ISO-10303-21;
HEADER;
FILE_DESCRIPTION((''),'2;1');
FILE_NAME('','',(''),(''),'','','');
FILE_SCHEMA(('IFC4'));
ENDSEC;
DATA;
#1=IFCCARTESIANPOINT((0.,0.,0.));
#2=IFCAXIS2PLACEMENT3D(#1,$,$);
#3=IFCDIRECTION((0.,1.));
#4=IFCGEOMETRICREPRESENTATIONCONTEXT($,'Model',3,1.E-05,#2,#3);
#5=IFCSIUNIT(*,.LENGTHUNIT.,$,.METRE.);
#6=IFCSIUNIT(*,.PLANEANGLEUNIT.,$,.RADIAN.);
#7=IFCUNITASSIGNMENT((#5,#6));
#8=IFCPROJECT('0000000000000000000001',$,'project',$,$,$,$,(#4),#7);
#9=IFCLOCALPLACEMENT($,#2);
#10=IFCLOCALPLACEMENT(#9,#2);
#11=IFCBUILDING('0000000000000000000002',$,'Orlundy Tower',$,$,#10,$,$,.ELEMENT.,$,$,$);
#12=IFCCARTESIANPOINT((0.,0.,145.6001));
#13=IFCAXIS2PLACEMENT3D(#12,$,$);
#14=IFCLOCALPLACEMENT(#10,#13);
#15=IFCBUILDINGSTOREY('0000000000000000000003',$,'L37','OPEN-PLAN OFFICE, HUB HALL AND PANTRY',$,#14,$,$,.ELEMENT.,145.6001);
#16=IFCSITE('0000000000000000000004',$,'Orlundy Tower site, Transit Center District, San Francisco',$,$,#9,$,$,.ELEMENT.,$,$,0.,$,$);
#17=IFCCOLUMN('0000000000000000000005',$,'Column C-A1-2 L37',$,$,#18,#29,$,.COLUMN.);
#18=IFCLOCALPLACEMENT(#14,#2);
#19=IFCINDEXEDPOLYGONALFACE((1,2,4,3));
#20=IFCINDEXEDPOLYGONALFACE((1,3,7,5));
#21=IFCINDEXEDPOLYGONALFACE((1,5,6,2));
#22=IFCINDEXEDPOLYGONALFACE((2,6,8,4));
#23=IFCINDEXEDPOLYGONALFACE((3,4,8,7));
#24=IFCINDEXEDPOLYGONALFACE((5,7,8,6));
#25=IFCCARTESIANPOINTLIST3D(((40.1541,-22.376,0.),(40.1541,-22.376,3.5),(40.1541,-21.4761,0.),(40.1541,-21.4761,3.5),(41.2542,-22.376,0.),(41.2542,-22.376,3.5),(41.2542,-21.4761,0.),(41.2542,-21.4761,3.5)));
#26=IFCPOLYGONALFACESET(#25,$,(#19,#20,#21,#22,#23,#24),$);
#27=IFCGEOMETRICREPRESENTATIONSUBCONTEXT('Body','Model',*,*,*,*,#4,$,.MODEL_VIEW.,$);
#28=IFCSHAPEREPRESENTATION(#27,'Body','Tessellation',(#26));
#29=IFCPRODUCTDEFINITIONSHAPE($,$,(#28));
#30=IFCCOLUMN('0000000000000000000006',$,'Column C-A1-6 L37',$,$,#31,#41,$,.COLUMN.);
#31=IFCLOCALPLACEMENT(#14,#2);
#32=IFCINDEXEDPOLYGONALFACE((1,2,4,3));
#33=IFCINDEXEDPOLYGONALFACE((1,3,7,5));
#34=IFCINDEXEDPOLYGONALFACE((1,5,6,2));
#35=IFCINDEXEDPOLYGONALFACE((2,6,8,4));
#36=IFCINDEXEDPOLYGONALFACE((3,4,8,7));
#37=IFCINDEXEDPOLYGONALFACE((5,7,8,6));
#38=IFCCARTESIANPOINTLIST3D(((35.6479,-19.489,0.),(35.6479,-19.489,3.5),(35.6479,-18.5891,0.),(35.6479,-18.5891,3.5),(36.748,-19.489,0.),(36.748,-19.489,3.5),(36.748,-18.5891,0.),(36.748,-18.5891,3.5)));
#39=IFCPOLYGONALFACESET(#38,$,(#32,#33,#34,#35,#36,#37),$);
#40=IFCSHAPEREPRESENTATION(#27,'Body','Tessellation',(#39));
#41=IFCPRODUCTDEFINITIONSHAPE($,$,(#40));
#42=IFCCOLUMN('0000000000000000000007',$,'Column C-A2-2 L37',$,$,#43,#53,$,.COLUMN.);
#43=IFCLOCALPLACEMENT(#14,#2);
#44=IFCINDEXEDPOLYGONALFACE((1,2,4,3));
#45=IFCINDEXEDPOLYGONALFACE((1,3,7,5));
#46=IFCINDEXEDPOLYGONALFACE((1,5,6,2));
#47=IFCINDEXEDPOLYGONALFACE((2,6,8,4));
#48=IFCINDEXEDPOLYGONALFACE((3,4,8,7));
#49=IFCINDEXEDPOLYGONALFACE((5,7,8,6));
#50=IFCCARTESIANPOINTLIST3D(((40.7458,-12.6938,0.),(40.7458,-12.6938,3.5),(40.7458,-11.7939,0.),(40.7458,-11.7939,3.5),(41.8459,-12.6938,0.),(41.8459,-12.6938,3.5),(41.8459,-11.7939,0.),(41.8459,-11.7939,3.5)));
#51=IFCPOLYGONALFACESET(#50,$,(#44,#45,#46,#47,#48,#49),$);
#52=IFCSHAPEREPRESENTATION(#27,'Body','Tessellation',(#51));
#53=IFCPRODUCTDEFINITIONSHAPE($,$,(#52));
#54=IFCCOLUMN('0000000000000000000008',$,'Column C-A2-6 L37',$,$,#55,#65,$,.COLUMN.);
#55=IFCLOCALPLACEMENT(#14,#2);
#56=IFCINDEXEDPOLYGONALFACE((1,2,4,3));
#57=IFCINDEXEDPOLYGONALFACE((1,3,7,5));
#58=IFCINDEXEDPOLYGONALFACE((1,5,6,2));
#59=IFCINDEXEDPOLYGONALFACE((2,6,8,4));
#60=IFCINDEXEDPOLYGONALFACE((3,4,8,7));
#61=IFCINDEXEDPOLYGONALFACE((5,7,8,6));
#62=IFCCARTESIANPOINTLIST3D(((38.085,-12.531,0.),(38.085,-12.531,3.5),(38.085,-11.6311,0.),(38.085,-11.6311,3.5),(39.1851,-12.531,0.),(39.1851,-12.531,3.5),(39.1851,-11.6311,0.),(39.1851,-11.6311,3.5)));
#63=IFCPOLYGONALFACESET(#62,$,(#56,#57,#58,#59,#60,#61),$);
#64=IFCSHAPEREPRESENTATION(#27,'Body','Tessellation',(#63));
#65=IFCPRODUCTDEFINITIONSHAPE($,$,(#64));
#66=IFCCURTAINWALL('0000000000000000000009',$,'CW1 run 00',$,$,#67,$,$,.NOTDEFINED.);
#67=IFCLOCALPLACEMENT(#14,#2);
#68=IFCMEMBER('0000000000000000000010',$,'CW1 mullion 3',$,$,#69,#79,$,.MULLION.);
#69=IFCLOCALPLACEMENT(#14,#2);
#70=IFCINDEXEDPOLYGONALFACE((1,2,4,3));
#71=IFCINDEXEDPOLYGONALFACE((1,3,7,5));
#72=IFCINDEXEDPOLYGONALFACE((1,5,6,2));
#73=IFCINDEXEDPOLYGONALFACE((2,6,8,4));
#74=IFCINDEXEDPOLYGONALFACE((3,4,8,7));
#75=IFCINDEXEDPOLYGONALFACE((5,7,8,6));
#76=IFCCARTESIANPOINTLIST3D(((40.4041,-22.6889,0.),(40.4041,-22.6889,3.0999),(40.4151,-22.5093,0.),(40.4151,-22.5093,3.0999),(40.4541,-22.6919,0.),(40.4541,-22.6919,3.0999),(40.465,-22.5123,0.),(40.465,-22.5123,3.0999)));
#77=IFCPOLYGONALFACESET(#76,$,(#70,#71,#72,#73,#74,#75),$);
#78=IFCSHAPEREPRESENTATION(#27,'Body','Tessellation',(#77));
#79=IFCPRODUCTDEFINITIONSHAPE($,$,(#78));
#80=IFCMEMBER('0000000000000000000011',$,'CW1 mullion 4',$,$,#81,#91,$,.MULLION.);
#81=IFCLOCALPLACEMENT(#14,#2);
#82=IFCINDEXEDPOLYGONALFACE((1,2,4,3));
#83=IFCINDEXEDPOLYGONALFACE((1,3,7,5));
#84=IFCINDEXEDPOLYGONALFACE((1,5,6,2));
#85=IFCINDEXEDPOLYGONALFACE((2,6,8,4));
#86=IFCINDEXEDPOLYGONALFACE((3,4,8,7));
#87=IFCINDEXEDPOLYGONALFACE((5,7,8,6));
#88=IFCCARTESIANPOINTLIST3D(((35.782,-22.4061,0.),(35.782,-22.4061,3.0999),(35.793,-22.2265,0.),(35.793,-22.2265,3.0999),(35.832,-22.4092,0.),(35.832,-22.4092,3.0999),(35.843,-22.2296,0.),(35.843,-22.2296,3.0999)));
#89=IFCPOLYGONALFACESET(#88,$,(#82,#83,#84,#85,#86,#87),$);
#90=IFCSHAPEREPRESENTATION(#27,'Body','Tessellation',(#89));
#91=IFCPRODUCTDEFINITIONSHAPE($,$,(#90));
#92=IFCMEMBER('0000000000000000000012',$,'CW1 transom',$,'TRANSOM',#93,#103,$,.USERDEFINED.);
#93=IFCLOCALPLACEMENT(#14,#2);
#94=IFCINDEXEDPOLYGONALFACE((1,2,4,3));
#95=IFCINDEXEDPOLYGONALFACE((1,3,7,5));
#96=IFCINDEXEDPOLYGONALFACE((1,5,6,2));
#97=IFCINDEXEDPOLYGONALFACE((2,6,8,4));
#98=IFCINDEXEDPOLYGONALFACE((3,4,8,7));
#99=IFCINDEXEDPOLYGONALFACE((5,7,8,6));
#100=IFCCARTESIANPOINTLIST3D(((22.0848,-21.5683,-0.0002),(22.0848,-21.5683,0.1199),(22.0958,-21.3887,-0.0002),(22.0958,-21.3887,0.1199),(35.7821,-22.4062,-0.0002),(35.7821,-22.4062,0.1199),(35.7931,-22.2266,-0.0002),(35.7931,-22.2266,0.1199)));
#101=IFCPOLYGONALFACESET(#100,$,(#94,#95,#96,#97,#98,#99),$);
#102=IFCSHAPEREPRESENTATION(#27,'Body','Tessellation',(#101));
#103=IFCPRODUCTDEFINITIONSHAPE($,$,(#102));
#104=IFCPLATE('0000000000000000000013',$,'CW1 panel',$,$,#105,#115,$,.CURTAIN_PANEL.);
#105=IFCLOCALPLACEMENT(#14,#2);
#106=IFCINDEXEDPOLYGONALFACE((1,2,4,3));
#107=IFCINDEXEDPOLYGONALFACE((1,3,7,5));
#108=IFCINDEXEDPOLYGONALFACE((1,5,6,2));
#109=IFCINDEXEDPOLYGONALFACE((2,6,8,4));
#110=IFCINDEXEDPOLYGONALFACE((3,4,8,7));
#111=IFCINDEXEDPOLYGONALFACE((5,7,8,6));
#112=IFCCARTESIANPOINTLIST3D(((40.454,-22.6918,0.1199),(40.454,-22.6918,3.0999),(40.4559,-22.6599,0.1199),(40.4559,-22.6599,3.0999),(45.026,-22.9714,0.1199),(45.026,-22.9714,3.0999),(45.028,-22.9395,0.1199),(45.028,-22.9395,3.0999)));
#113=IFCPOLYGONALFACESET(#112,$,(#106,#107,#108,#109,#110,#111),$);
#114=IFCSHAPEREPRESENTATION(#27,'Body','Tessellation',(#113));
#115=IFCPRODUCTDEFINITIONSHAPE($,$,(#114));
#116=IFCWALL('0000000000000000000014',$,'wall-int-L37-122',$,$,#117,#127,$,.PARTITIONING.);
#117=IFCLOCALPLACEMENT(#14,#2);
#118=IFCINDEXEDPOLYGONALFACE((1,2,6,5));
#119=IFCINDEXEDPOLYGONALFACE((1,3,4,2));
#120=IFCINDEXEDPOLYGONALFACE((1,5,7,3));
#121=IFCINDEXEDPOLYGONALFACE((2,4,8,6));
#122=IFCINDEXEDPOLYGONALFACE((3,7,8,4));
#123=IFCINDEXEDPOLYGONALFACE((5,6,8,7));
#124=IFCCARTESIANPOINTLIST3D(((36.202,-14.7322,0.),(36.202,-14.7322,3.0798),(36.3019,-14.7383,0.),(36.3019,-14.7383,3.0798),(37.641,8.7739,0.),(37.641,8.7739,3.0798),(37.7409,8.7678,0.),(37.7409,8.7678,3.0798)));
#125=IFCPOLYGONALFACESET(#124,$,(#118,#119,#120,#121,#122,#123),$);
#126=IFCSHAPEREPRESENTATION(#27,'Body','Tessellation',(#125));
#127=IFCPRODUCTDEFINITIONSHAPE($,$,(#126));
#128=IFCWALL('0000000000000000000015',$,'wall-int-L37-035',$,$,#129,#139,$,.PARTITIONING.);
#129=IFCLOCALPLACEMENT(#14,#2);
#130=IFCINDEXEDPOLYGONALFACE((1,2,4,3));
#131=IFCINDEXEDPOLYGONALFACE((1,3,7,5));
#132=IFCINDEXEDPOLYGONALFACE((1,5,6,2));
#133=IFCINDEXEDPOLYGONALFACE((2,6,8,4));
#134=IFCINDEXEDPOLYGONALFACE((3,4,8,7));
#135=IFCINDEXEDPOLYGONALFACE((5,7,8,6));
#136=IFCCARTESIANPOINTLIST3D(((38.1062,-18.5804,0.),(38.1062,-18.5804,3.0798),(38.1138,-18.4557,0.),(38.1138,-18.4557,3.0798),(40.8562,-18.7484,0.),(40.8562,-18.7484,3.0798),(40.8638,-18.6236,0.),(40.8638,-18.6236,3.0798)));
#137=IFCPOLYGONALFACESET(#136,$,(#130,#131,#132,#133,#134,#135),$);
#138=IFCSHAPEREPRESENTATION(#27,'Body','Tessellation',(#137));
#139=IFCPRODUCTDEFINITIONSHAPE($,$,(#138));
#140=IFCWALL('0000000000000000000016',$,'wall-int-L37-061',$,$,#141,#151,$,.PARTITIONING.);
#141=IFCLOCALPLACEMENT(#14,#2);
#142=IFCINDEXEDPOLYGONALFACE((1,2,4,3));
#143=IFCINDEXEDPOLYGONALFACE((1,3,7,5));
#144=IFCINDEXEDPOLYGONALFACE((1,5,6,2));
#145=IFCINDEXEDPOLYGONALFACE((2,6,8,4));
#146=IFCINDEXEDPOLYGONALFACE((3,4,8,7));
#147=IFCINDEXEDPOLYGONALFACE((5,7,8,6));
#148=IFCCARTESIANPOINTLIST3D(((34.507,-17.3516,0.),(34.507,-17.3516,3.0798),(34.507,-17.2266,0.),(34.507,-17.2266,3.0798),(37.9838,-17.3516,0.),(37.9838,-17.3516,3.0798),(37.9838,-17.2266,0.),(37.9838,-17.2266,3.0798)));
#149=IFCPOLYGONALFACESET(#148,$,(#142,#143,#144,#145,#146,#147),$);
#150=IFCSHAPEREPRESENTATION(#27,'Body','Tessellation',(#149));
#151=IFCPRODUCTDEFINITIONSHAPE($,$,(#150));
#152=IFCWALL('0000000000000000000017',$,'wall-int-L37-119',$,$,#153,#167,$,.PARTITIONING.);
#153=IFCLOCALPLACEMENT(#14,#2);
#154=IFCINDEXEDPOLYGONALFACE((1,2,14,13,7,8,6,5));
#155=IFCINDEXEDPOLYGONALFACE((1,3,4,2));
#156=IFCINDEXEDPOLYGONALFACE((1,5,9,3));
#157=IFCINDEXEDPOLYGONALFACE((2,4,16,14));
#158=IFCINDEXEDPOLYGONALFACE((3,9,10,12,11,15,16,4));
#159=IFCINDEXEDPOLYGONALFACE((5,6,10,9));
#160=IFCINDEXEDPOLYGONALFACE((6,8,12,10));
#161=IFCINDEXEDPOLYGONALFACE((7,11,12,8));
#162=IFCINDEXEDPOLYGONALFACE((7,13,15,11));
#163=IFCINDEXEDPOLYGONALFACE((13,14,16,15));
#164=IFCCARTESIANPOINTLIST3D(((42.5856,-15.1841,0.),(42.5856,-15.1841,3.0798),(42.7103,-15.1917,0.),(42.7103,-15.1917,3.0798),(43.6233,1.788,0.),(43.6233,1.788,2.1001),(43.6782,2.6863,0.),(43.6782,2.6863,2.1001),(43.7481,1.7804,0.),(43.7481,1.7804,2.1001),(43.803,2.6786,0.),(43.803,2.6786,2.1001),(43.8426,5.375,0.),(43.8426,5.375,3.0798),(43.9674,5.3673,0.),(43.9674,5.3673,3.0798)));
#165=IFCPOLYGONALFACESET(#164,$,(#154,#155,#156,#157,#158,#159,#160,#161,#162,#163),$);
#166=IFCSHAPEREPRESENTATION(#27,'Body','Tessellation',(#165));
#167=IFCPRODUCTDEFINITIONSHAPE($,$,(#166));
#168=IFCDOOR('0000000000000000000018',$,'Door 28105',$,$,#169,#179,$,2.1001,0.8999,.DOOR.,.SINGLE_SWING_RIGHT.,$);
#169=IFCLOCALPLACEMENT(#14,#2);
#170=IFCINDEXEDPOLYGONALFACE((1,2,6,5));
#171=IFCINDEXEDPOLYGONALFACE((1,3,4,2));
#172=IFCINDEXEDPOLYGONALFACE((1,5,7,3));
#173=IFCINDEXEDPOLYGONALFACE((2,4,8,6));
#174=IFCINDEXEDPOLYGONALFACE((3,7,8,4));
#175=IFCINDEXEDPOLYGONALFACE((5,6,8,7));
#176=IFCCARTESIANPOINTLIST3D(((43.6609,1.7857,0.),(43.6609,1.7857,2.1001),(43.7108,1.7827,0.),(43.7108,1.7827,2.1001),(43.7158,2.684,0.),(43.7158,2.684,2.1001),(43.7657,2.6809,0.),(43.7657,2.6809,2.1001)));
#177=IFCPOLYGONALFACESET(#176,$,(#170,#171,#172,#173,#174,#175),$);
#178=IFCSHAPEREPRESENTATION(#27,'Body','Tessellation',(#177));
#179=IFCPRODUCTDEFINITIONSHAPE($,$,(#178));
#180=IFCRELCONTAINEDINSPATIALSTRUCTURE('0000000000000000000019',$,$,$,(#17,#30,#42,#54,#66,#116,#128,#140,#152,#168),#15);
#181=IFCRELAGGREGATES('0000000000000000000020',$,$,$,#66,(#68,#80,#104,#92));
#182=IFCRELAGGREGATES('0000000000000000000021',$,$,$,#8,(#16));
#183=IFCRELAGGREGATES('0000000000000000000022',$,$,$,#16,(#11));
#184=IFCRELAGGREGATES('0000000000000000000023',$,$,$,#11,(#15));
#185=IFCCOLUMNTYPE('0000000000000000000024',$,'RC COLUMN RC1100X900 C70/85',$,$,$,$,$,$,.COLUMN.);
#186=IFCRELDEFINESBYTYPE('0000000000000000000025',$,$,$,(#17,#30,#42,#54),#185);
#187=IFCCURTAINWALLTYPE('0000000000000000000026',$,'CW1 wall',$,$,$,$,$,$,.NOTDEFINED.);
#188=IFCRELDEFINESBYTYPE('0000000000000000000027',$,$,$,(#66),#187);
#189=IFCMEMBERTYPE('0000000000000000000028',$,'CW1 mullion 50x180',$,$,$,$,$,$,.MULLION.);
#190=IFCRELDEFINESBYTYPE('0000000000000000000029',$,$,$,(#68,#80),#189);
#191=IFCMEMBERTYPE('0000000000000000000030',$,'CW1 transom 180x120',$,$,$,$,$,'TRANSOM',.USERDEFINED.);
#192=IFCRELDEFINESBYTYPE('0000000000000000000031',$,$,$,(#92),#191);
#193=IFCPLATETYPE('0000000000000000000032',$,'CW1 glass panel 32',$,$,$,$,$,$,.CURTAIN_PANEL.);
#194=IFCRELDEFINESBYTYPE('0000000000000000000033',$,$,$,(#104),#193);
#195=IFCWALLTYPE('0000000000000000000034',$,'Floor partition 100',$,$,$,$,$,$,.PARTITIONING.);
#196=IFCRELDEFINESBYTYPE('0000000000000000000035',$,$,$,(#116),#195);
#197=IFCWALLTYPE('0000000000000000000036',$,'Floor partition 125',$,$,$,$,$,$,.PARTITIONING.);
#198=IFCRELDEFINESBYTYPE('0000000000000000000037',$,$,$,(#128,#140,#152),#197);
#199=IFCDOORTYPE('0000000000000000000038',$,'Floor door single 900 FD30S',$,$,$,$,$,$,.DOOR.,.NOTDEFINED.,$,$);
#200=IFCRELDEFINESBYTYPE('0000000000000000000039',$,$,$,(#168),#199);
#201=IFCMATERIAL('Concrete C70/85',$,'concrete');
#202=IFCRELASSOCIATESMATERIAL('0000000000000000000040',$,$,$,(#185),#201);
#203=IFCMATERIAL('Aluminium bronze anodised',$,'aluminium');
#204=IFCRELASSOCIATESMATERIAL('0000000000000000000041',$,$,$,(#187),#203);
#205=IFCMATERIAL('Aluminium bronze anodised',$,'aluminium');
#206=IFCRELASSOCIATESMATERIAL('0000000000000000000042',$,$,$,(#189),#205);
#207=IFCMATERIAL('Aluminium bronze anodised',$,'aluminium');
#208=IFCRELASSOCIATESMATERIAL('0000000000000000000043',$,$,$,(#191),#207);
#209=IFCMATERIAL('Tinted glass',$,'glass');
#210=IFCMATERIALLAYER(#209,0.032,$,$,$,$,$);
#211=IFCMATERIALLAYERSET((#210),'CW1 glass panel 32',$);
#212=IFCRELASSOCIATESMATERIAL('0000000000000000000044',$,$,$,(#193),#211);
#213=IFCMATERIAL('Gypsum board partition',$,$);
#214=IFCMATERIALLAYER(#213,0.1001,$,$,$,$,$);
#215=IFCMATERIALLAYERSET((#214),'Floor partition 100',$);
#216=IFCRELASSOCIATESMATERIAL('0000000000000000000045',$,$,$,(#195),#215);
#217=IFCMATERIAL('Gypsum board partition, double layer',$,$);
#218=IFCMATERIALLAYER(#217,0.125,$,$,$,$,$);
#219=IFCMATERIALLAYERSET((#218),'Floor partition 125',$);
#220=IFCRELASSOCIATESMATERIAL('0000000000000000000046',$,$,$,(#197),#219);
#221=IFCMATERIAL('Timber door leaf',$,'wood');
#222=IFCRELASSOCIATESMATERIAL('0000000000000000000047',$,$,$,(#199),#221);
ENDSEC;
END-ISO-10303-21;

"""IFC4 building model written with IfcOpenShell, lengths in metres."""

from ifc_helpers import new_model, si_unit, direction, frame, frame_2d, origin, origin_2d, place, context, subcontext, project, spatial, rectangle, extrude, material, layer, layer_set, material_profile, profile_set, type_object, element, fill, aggregate, save


model = new_model("IFC4")

# Units and contexts
model_context = context("Model", 3, precision=1e-05, world=origin(), true_north=direction((0.0, 1.0)))
body_context = subcontext(model_context, "Body", "Model", "MODEL_VIEW")
ifc_project = project(units=[si_unit("LENGTHUNIT", "METRE"), si_unit("PLANEANGLEUNIT", "RADIAN")], contexts=[model_context])

# Site, building, storey
site_placement = place(None, origin())
site = spatial("IfcSite", under=ifc_project, at=site_placement, Name="Orlundy Tower site, Transit Center District, San Francisco", CompositionType="ELEMENT", RefElevation=0.0)
building_placement = place(site_placement, origin())
building = spatial("IfcBuilding", under=site, at=building_placement, Name="Orlundy Tower", CompositionType="ELEMENT")
storey_placement = place(building_placement, frame((0.0, 0.0, 145.6001)))
storey = spatial("IfcBuildingStorey", under=building, at=storey_placement, Name="L37", Description="OPEN-PLAN OFFICE, HUB HALL AND PANTRY", CompositionType="ELEMENT", Elevation=145.6001)

# Columns
ifc_material_1 = material(Name="Concrete C70/85", Category="concrete")
ifc_material_profile_1 = material_profile(ifc_material_1, rectangle(XDim=1.1001, YDim=0.8999, at=origin_2d()), Name="RC1100X900")
ifc_profile_set_1 = profile_set([ifc_material_profile_1], Name="Concrete C70/85")
column_type = type_object("IfcColumnType", Name="RC COLUMN RC1100X900 C70/85", PredefinedType="COLUMN", material=ifc_profile_set_1)
for number, where, z_axis, x_axis, name in (
    (1, (40.7041, -21.926, 0.0), (0.0, 0.0, 1.0), (1.0, 0.0, 0.0), "Column C-A1-2 L37"),
    (2, (36.198, -19.0391, 0.0), (0.0, 0.0, 1.0), (1.0, 0.0, 0.0), "Column C-A1-6 L37"),
    (3, (41.2959, -12.2439, 0.0), (0.0, 0.0, 1.0), (1.0, 0.0, 0.0), "Column C-A2-2 L37"),
    (4, (38.635, -12.0811, 0.0), (0.0, 0.0, 1.0), (1.0, 0.0, 0.0), "Column C-A2-6 L37"),
):
    element("IfcColumn", number, at=place(storey_placement, frame(where, z_axis=z_axis, x_axis=x_axis)), inside=storey, type_object=column_type, Name=name, PredefinedType="COLUMN", context=body_context, shape_type="SweptSolid", body=[
        extrude(rectangle(XDim=1.1001, YDim=0.8999, at=origin_2d()), origin(), (0.0, 0.0, 1.0), 3.5),
    ])

# Curtain wall, members, plate
ifc_material_2 = material(Name="Aluminium bronze anodised", Category="aluminium")
curtain_wall_type = type_object("IfcCurtainWallType", Name="CW1 wall", PredefinedType="NOTDEFINED", material=ifc_material_2)
curtain_wall_placement = place(storey_placement, origin())
curtain_wall = element("IfcCurtainWall", 5, at=curtain_wall_placement, inside=storey, type_object=curtain_wall_type, Name="CW1 run 00", PredefinedType="NOTDEFINED")
ifc_material_3 = material(Name="Aluminium bronze anodised", Category="aluminium")
ifc_material_profile_2 = material_profile(ifc_material_3, rectangle(XDim=0.1799, YDim=0.05, at=origin_2d()), Name="CW1 mullion 50x180")
ifc_profile_set_2 = profile_set([ifc_material_profile_2], Name="Aluminium bronze anodised")
member_type_1 = type_object("IfcMemberType", Name="CW1 mullion 50x180", PredefinedType="MULLION", material=ifc_profile_set_2)
member_1_placement = place(storey_placement, frame((40.4346, -22.6006, 0.0), z_axis=(0.0, 0.0, 1.0), x_axis=(-0.061043, -0.998135, 0.0)))
member_1 = element("IfcMember", 6, at=member_1_placement, type_object=member_type_1, Name="CW1 mullion 3", PredefinedType="MULLION", context=body_context, shape_type="SweptSolid", body=[
    extrude(rectangle(XDim=0.1799, YDim=0.05, at=origin_2d()), origin(), (0.0, 0.0, 1.0), 3.0999),
])
member_2_placement = place(storey_placement, frame((35.8125, -22.3179, 0.0), z_axis=(0.0, 0.0, 1.0), x_axis=(-0.061043, -0.998135, 0.0)))
member_2 = element("IfcMember", 7, at=member_2_placement, type_object=member_type_1, Name="CW1 mullion 4", PredefinedType="MULLION", context=body_context, shape_type="SweptSolid", body=[
    extrude(rectangle(XDim=0.1799, YDim=0.05, at=origin_2d()), origin(), (0.0, 0.0, 1.0), 3.0999),
])
ifc_material_4 = material(Name="Aluminium bronze anodised", Category="aluminium")
ifc_material_profile_3 = material_profile(ifc_material_4, rectangle(XDim=0.1799, YDim=0.1201, at=origin_2d()), Name="CW1 transom 180x120")
ifc_profile_set_3 = profile_set([ifc_material_profile_3], Name="Aluminium bronze anodised")
member_type_2 = type_object("IfcMemberType", Name="CW1 transom 180x120", ElementType="TRANSOM", PredefinedType="USERDEFINED", material=ifc_profile_set_3)
member_3_placement = place(storey_placement, frame((35.7876, -22.3164, 0.0598), z_axis=(-0.998134, 0.061058, 0.0), x_axis=(-0.061058, -0.998134, 0.0)))
member_3 = element("IfcMember", 8, at=member_3_placement, type_object=member_type_2, Name="CW1 transom", ObjectType="TRANSOM", PredefinedType="USERDEFINED", context=body_context, shape_type="SweptSolid", body=[
    extrude(rectangle(XDim=0.1799, YDim=0.1201, at=origin_2d()), origin(), (0.0, 0.0, 1.0), 13.7229),
])
ifc_material_5 = material(Name="Tinted glass", Category="glass")
ifc_layer_1 = layer(ifc_material_5, 0.032)
ifc_layer_set_1 = layer_set([ifc_layer_1], Name="CW1 glass panel 32")
plate_type = type_object("IfcPlateType", Name="CW1 glass panel 32", PredefinedType="CURTAIN_PANEL", material=ifc_layer_set_1)
plate_placement = place(storey_placement, frame((42.741, -22.8157, 0.1199), z_axis=(0.0, 0.0, 1.0), x_axis=(-0.998135, 0.061043, 0.0)))
plate = element("IfcPlate", 9, at=plate_placement, type_object=plate_type, Name="CW1 panel", PredefinedType="CURTAIN_PANEL", context=body_context, shape_type="SweptSolid", body=[
    extrude(rectangle(XDim=4.5806, YDim=0.032, at=origin_2d()), origin(), (0.0, 0.0, 1.0), 2.98),
])
aggregate(curtain_wall, [member_1, member_2, plate, member_3])

# Walls
ifc_material_6 = material(Name="Gypsum board partition")
ifc_layer_2 = layer(ifc_material_6, 0.1001)
ifc_layer_set_2 = layer_set([ifc_layer_2], Name="Floor partition 100")
wall_type_1 = type_object("IfcWallType", Name="Floor partition 100", PredefinedType="PARTITIONING", material=ifc_layer_set_2)
wall_1_placement = place(storey_placement, frame((36.252, -14.7351, 0.0), z_axis=(0.0, 0.0, 1.0), x_axis=(0.061102, 0.998132, 0.0)))
element("IfcWall", 10, at=wall_1_placement, inside=storey, type_object=wall_type_1, Name="wall-int-L37-122", PredefinedType="PARTITIONING", context=body_context, shape_type="SweptSolid", body=[
    extrude(rectangle(XDim=23.55, YDim=0.1001, at=frame_2d((11.7749, 0.0))), origin(), (0.0, 0.0, 1.0), 3.0798),
])
ifc_material_7 = material(Name="Gypsum board partition, double layer")
ifc_layer_3 = layer(ifc_material_7, 0.125)
ifc_layer_set_3 = layer_set([ifc_layer_3], Name="Floor partition 125")
wall_type_2 = type_object("IfcWallType", Name="Floor partition 125", PredefinedType="PARTITIONING", material=ifc_layer_set_3)
wall_2_placement = place(storey_placement, frame((38.1101, -18.5181, 0.0), z_axis=(0.0, 0.0, 1.0), x_axis=(0.99814, -0.060966, 0.0)))
element("IfcWall", 11, at=wall_2_placement, inside=storey, type_object=wall_type_2, Name="wall-int-L37-035", PredefinedType="PARTITIONING", context=body_context, shape_type="SweptSolid", body=[
    extrude(rectangle(XDim=2.7551, YDim=0.125, at=frame_2d((1.3774, 0.0))), origin(), (0.0, 0.0, 1.0), 3.0798),
])
wall_3_placement = place(storey_placement, frame((34.5071, -17.2891, 0.0), z_axis=(0.0, 0.0, 1.0), x_axis=(1.0, 0.0, 0.0)))
element("IfcWall", 12, at=wall_3_placement, inside=storey, type_object=wall_type_2, Name="wall-int-L37-061", PredefinedType="PARTITIONING", context=body_context, shape_type="SweptSolid", body=[
    extrude(rectangle(XDim=3.4768, YDim=0.125, at=frame_2d((1.7383, 0.0))), origin(), (0.0, 0.0, 1.0), 3.0798),
])

# Wall, opening, door
wall_4_placement = place(storey_placement, frame((42.6479, -15.188, 0.0), z_axis=(0.0, 0.0, 1.0), x_axis=(0.061031, 0.998136, 0.0)))
wall_4 = element("IfcWall", 13, at=wall_4_placement, inside=storey, type_object=wall_type_2, Name="wall-int-L37-119", PredefinedType="PARTITIONING", context=body_context, shape_type="SweptSolid", body=[
    extrude(rectangle(XDim=20.5974, YDim=0.125, at=frame_2d((10.2988, 0.0))), origin(), (0.0, 0.0, 1.0), 3.0798),
])
opening_1_placement = place(wall_4_placement, frame((17.0039, 0.0, 0.0)))
opening_1 = element("IfcOpeningElement", 14, at=opening_1_placement, cuts=wall_4, PredefinedType="OPENING", context=body_context, shape_type="SweptSolid", body=[
    extrude(rectangle(XDim=0.8999, YDim=2.1001, at=frame_2d((0.45, 1.05))), frame((0.0, 0.0725, 0.0), z_axis=(0.0, -1.0, 0.0), x_axis=(1.0, 0.0, 0.0)), (0.0, 0.0, 1.0), 0.145),
])
ifc_material_8 = material(Name="Timber door leaf", Category="wood")
door_type_1 = type_object("IfcDoorType", Name="Floor door single 900 FD30S", OperationType="NOTDEFINED", PredefinedType="DOOR", material=ifc_material_8)
door_1_placement = place(opening_1_placement, origin())
door_1 = element("IfcDoor", 15, at=door_1_placement, inside=storey, type_object=door_type_1, Name="Door 28105", OperationType="SINGLE_SWING_RIGHT", OverallHeight=2.1001, OverallWidth=0.8999, PredefinedType="DOOR", context=body_context, shape_type="SweptSolid", body=[
    extrude(rectangle(XDim=0.8999, YDim=2.1001, at=frame_2d((0.45, 1.05))), frame((0.0, 0.0249, 0.0), z_axis=(0.0, -1.0, 0.0), x_axis=(1.0, 0.0, 0.0)), (0.0, 0.0, 1.0), 0.05),
])
fill(opening_1, door_1)

save(model, "model.ifc")
